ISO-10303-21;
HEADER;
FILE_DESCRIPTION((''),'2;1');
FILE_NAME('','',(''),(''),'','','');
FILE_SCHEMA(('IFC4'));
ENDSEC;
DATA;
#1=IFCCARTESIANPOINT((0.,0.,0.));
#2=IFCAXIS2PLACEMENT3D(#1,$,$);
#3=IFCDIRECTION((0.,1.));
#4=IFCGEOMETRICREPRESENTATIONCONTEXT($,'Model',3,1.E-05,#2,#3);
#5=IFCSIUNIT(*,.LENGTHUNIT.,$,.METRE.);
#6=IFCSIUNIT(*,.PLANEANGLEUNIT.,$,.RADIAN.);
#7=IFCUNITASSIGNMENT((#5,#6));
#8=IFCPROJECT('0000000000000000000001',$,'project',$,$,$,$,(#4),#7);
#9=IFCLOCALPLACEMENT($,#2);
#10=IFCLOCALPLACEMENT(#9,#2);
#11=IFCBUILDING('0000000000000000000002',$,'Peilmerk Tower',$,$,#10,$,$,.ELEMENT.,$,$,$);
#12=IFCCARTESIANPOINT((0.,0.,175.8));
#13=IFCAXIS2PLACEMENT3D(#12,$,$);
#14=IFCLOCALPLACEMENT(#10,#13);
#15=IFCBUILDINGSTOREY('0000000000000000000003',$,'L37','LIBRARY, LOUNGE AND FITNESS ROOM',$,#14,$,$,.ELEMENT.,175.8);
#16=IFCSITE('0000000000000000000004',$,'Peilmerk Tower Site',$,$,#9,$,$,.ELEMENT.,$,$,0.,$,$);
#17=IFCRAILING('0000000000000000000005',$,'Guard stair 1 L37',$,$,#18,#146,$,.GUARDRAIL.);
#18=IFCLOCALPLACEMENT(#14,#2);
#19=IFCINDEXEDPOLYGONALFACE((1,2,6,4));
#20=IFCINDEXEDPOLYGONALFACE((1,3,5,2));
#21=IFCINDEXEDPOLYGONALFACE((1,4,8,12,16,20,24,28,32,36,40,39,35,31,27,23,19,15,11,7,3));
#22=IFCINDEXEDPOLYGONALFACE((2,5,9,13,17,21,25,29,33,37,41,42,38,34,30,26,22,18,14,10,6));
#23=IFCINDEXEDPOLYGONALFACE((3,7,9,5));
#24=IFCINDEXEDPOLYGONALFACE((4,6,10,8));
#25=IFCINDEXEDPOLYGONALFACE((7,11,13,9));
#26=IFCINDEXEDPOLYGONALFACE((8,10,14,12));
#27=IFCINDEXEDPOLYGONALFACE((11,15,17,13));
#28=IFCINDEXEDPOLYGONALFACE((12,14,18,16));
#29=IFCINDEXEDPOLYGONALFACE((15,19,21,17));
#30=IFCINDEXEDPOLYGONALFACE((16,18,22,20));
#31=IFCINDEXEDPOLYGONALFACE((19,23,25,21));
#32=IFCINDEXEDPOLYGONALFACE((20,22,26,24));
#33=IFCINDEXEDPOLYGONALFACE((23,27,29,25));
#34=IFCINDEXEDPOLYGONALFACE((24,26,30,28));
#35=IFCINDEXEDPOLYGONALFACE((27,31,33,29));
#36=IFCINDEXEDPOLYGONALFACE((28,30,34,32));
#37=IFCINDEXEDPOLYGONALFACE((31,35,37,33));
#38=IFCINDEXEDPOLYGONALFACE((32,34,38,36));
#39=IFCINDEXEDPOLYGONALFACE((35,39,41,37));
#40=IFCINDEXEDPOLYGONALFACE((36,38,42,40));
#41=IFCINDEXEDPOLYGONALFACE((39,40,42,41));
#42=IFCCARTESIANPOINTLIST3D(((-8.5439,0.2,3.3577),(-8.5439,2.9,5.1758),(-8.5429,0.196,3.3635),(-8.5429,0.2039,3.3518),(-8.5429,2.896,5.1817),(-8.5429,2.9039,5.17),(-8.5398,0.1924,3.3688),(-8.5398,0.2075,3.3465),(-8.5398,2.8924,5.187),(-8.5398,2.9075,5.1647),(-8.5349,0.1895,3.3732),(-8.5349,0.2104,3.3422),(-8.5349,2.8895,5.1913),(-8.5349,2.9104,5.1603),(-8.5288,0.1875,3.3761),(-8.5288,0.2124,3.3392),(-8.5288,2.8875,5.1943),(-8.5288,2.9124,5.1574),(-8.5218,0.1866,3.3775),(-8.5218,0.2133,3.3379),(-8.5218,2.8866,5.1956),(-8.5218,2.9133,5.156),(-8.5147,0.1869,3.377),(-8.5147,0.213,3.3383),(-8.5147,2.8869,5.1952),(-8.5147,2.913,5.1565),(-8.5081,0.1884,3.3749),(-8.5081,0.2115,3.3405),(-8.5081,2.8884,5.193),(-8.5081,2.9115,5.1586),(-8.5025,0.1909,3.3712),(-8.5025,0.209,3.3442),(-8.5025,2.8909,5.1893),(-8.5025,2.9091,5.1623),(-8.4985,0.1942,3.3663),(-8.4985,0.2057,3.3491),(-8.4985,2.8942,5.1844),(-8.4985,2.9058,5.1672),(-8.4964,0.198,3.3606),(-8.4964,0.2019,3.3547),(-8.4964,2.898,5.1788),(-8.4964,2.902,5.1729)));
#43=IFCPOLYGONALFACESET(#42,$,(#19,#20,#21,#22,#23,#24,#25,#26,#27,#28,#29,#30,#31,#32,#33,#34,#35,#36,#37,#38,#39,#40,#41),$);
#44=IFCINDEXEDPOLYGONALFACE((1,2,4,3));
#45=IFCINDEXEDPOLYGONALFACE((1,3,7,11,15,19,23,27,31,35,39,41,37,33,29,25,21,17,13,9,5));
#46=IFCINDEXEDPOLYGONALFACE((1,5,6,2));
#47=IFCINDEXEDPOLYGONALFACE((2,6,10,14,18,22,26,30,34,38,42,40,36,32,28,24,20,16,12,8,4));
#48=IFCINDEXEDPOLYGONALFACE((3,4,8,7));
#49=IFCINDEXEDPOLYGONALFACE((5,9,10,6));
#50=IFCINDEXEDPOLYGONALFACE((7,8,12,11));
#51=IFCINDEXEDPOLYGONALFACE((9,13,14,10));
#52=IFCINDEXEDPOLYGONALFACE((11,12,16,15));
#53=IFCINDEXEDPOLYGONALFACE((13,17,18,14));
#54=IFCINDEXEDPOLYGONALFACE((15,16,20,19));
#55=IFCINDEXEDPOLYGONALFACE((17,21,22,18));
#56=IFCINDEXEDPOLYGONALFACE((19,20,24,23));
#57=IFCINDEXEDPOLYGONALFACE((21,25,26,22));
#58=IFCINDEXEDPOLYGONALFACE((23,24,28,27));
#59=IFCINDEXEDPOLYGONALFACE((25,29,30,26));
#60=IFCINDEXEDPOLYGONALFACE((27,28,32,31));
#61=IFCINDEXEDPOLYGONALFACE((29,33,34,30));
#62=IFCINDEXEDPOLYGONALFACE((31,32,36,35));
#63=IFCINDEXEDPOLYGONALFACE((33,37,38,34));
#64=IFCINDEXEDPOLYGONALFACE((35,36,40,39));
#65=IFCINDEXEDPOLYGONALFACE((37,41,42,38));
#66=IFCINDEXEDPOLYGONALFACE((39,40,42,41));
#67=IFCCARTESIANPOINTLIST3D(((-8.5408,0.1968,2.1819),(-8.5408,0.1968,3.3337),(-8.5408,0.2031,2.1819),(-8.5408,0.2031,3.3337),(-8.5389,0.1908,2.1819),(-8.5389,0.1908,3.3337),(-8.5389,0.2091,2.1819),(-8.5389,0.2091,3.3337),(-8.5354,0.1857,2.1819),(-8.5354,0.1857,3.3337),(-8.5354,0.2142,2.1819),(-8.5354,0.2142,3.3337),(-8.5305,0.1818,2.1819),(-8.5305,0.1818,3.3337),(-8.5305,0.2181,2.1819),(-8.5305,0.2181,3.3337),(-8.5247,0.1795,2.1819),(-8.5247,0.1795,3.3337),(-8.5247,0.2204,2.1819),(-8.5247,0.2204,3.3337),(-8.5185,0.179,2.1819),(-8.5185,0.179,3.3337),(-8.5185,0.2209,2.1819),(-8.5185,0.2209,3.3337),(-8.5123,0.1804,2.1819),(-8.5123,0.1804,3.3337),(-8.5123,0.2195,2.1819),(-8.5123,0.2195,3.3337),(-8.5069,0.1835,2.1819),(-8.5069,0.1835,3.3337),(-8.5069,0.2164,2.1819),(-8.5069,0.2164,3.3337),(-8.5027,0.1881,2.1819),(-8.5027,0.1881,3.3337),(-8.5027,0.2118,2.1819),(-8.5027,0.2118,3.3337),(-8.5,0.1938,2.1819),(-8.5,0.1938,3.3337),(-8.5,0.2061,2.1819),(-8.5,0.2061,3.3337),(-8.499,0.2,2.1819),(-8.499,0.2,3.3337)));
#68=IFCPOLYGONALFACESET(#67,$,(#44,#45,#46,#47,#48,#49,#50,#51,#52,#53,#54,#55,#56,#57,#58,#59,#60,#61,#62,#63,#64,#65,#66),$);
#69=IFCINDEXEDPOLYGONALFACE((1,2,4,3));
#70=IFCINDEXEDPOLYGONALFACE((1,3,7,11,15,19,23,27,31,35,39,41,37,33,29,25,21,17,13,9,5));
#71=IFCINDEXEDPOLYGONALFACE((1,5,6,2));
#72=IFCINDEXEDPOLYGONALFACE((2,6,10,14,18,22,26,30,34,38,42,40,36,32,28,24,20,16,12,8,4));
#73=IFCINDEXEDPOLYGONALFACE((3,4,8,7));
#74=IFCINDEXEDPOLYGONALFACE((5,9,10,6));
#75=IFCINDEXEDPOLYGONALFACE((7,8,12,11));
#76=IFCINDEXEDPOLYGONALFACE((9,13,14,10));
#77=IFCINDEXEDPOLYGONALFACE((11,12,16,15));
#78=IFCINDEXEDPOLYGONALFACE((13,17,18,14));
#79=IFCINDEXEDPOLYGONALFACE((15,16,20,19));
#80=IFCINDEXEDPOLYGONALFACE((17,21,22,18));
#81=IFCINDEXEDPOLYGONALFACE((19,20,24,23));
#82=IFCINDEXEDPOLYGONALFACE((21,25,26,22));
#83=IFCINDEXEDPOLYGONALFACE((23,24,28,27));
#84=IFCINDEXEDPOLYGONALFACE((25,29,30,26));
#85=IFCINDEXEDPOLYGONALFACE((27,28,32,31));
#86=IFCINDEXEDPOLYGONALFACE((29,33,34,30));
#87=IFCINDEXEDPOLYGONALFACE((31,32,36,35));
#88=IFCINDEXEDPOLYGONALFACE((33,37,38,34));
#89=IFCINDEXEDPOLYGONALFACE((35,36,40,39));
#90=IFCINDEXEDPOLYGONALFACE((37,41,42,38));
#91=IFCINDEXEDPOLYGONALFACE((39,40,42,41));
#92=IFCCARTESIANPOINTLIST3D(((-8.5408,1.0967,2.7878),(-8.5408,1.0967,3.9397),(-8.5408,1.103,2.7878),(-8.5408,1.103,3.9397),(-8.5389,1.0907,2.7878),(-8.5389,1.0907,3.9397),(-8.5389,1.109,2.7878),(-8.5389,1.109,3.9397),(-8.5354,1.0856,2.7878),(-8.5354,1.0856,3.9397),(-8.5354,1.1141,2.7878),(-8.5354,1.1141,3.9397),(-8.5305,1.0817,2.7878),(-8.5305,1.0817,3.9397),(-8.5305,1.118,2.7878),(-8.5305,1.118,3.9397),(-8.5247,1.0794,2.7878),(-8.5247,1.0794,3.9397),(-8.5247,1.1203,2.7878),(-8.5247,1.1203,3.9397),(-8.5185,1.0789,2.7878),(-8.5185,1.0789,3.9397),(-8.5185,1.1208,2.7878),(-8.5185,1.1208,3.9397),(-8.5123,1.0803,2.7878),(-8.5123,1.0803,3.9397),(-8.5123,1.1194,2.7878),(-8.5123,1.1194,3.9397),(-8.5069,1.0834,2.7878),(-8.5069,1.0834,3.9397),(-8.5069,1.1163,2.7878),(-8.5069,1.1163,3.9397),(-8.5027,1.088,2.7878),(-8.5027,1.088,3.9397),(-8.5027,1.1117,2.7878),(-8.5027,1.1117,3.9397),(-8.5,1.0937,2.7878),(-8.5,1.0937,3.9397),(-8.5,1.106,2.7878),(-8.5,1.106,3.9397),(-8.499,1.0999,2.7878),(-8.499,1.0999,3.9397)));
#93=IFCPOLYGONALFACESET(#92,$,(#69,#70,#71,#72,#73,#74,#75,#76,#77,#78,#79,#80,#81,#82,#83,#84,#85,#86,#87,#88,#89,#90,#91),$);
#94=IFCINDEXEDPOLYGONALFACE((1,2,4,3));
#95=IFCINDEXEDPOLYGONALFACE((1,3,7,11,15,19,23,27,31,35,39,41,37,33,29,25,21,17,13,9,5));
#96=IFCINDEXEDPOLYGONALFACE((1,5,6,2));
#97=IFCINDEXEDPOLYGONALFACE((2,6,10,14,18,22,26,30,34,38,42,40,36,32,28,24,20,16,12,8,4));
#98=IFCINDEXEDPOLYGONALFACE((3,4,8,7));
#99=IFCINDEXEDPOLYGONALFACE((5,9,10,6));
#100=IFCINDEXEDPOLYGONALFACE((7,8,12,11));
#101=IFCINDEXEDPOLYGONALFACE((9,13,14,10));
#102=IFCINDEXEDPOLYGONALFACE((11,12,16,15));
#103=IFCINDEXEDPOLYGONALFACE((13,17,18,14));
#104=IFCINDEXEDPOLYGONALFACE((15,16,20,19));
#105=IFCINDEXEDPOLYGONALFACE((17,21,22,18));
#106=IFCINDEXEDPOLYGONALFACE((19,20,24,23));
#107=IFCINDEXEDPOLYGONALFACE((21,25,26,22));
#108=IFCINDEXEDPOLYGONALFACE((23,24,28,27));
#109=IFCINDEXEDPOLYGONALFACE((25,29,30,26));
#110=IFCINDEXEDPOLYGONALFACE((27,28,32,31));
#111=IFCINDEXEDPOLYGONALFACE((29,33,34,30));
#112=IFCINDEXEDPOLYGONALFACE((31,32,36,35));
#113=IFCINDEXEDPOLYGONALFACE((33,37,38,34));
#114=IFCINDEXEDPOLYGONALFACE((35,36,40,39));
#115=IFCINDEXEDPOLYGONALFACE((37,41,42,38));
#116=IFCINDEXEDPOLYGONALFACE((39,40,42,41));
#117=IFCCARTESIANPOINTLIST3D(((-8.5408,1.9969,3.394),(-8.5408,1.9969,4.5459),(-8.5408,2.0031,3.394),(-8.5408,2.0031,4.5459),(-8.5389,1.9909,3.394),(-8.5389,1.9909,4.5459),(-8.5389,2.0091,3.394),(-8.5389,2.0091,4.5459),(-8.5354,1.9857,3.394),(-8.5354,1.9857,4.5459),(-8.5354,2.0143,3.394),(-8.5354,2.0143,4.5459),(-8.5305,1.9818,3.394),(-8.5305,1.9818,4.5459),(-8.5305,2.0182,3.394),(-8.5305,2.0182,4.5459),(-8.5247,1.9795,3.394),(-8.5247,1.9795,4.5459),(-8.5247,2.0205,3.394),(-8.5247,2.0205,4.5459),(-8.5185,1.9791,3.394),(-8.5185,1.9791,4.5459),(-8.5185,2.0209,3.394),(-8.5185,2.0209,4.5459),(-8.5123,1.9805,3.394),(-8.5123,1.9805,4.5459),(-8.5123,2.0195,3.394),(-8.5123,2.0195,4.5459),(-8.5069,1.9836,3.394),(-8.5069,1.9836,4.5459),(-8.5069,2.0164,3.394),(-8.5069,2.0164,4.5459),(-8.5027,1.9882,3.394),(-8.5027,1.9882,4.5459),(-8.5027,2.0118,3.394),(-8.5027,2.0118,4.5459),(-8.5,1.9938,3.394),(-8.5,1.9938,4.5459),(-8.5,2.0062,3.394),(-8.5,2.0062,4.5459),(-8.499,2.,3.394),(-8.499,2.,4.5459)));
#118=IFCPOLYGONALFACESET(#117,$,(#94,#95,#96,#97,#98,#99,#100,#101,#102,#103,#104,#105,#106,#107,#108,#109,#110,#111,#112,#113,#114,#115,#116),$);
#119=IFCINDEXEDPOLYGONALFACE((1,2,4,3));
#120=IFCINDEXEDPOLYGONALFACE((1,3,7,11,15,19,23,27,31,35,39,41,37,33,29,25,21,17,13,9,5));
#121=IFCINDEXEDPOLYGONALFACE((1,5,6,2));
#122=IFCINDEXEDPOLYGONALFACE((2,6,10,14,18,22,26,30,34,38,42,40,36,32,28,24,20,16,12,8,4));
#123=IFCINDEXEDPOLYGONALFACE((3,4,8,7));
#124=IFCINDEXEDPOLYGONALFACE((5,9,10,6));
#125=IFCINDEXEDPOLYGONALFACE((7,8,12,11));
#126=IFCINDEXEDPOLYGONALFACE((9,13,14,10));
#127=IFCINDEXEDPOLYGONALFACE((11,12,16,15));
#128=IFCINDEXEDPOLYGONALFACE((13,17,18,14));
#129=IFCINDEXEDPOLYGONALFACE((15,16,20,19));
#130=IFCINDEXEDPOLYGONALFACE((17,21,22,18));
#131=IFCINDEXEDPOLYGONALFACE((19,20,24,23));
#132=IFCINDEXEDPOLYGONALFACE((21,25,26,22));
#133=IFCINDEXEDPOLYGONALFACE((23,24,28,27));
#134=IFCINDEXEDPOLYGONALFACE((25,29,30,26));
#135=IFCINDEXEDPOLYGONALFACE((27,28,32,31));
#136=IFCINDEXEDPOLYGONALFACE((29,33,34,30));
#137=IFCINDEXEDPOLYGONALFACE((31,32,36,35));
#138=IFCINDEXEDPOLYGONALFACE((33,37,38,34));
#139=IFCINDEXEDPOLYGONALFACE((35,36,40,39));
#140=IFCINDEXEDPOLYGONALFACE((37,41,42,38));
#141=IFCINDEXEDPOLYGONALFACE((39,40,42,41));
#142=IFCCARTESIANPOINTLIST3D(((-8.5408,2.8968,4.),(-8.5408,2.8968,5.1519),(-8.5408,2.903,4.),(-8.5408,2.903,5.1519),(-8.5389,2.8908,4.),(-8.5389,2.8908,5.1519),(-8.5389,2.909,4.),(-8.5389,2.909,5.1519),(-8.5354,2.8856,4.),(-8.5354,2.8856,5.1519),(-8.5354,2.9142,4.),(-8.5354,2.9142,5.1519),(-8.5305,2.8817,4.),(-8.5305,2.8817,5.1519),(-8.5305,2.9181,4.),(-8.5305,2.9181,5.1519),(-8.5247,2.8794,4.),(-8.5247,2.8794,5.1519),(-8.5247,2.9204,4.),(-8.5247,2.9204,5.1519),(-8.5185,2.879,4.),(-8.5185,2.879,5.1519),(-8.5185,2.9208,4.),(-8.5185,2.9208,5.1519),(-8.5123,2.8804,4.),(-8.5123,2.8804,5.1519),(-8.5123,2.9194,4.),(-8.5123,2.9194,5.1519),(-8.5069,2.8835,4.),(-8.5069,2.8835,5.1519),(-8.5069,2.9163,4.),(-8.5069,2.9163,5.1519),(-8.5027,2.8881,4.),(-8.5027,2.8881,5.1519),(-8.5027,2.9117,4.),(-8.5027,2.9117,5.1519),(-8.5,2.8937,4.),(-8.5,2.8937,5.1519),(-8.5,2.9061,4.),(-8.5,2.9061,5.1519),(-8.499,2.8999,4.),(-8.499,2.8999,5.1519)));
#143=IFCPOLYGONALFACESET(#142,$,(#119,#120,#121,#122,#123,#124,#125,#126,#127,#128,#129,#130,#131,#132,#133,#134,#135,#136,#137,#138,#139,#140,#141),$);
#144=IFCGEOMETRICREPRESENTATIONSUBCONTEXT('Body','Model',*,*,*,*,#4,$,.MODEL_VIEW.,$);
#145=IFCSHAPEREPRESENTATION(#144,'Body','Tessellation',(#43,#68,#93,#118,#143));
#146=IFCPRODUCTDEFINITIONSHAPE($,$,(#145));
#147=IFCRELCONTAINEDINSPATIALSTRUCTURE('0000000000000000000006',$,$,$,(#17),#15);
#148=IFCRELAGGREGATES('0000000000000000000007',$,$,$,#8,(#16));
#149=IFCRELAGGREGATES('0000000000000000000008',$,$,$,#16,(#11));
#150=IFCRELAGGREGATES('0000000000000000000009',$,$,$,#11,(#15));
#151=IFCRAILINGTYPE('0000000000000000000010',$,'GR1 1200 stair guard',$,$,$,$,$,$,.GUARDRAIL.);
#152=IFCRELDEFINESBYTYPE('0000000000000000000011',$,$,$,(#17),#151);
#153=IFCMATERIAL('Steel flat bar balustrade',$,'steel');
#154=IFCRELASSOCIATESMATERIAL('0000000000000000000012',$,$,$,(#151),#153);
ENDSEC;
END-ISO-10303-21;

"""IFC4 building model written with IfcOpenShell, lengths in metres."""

from ifc_helpers import new_model, si_unit, direction, frame, origin, origin_2d, place, context, subcontext, project, spatial, circle, extrude, material, type_object, element, save


model = new_model("IFC4")

# Units and contexts
model_context = context("Model", 3, precision=1e-05, world=origin(), true_north=direction((0.0, 1.0)))
body_context = subcontext(model_context, "Body", "Model", "MODEL_VIEW")
ifc_project = project(units=[si_unit("LENGTHUNIT", "METRE"), si_unit("PLANEANGLEUNIT", "RADIAN")], contexts=[model_context])

# Site, building, storey
site_placement = place(None, origin())
site = spatial("IfcSite", under=ifc_project, at=site_placement, Name="Peilmerk Tower Site", CompositionType="ELEMENT", RefElevation=0.0)
building_placement = place(site_placement, origin())
building = spatial("IfcBuilding", under=site, at=building_placement, Name="Peilmerk Tower", CompositionType="ELEMENT")
storey_placement = place(building_placement, frame((0.0, 0.0, 175.8)))
storey = spatial("IfcBuildingStorey", under=building, at=storey_placement, Name="L37", Description="LIBRARY, LOUNGE AND FITNESS ROOM", CompositionType="ELEMENT", Elevation=175.8)

# Railing
ifc_material_1 = material(Name="Steel flat bar balustrade", Category="steel")
railing_type_1 = type_object("IfcRailingType", Name="GR1 1200 stair guard", PredefinedType="GUARDRAIL", material=ifc_material_1)
railing_1_placement = place(storey_placement, frame((-8.52, 0.2, 2.1819)))
element("IfcRailing", 1, at=railing_1_placement, inside=storey, type_object=railing_type_1, Name="Guard stair 1 L37", PredefinedType="GUARDRAIL", context=body_context, shape_type="SweptSolid", body=[
    extrude(circle(Radius=0.0239, at=origin_2d()), frame((0.0, 0.0, 1.1758), z_axis=(0.0, 0.829468, 0.558554), x_axis=(-1.0, 0.0, 0.0)), (0.0, 0.0, 1.0), 3.2551),
    extrude(circle(Radius=0.021, at=origin_2d()), origin(), (0.0, 0.0, 1.0), 1.1519),
    extrude(circle(Radius=0.021, at=origin_2d()), frame((0.0, 0.8999, 0.606)), (0.0, 0.0, 1.0), 1.1519),
    extrude(circle(Radius=0.021, at=origin_2d()), frame((0.0, 1.8, 1.2122)), (0.0, 0.0, 1.0), 1.1519),
    extrude(circle(Radius=0.021, at=origin_2d()), frame((0.0, 2.7, 1.8181)), (0.0, 0.0, 1.0), 1.1519),
])

save(model, "model.ifc")
